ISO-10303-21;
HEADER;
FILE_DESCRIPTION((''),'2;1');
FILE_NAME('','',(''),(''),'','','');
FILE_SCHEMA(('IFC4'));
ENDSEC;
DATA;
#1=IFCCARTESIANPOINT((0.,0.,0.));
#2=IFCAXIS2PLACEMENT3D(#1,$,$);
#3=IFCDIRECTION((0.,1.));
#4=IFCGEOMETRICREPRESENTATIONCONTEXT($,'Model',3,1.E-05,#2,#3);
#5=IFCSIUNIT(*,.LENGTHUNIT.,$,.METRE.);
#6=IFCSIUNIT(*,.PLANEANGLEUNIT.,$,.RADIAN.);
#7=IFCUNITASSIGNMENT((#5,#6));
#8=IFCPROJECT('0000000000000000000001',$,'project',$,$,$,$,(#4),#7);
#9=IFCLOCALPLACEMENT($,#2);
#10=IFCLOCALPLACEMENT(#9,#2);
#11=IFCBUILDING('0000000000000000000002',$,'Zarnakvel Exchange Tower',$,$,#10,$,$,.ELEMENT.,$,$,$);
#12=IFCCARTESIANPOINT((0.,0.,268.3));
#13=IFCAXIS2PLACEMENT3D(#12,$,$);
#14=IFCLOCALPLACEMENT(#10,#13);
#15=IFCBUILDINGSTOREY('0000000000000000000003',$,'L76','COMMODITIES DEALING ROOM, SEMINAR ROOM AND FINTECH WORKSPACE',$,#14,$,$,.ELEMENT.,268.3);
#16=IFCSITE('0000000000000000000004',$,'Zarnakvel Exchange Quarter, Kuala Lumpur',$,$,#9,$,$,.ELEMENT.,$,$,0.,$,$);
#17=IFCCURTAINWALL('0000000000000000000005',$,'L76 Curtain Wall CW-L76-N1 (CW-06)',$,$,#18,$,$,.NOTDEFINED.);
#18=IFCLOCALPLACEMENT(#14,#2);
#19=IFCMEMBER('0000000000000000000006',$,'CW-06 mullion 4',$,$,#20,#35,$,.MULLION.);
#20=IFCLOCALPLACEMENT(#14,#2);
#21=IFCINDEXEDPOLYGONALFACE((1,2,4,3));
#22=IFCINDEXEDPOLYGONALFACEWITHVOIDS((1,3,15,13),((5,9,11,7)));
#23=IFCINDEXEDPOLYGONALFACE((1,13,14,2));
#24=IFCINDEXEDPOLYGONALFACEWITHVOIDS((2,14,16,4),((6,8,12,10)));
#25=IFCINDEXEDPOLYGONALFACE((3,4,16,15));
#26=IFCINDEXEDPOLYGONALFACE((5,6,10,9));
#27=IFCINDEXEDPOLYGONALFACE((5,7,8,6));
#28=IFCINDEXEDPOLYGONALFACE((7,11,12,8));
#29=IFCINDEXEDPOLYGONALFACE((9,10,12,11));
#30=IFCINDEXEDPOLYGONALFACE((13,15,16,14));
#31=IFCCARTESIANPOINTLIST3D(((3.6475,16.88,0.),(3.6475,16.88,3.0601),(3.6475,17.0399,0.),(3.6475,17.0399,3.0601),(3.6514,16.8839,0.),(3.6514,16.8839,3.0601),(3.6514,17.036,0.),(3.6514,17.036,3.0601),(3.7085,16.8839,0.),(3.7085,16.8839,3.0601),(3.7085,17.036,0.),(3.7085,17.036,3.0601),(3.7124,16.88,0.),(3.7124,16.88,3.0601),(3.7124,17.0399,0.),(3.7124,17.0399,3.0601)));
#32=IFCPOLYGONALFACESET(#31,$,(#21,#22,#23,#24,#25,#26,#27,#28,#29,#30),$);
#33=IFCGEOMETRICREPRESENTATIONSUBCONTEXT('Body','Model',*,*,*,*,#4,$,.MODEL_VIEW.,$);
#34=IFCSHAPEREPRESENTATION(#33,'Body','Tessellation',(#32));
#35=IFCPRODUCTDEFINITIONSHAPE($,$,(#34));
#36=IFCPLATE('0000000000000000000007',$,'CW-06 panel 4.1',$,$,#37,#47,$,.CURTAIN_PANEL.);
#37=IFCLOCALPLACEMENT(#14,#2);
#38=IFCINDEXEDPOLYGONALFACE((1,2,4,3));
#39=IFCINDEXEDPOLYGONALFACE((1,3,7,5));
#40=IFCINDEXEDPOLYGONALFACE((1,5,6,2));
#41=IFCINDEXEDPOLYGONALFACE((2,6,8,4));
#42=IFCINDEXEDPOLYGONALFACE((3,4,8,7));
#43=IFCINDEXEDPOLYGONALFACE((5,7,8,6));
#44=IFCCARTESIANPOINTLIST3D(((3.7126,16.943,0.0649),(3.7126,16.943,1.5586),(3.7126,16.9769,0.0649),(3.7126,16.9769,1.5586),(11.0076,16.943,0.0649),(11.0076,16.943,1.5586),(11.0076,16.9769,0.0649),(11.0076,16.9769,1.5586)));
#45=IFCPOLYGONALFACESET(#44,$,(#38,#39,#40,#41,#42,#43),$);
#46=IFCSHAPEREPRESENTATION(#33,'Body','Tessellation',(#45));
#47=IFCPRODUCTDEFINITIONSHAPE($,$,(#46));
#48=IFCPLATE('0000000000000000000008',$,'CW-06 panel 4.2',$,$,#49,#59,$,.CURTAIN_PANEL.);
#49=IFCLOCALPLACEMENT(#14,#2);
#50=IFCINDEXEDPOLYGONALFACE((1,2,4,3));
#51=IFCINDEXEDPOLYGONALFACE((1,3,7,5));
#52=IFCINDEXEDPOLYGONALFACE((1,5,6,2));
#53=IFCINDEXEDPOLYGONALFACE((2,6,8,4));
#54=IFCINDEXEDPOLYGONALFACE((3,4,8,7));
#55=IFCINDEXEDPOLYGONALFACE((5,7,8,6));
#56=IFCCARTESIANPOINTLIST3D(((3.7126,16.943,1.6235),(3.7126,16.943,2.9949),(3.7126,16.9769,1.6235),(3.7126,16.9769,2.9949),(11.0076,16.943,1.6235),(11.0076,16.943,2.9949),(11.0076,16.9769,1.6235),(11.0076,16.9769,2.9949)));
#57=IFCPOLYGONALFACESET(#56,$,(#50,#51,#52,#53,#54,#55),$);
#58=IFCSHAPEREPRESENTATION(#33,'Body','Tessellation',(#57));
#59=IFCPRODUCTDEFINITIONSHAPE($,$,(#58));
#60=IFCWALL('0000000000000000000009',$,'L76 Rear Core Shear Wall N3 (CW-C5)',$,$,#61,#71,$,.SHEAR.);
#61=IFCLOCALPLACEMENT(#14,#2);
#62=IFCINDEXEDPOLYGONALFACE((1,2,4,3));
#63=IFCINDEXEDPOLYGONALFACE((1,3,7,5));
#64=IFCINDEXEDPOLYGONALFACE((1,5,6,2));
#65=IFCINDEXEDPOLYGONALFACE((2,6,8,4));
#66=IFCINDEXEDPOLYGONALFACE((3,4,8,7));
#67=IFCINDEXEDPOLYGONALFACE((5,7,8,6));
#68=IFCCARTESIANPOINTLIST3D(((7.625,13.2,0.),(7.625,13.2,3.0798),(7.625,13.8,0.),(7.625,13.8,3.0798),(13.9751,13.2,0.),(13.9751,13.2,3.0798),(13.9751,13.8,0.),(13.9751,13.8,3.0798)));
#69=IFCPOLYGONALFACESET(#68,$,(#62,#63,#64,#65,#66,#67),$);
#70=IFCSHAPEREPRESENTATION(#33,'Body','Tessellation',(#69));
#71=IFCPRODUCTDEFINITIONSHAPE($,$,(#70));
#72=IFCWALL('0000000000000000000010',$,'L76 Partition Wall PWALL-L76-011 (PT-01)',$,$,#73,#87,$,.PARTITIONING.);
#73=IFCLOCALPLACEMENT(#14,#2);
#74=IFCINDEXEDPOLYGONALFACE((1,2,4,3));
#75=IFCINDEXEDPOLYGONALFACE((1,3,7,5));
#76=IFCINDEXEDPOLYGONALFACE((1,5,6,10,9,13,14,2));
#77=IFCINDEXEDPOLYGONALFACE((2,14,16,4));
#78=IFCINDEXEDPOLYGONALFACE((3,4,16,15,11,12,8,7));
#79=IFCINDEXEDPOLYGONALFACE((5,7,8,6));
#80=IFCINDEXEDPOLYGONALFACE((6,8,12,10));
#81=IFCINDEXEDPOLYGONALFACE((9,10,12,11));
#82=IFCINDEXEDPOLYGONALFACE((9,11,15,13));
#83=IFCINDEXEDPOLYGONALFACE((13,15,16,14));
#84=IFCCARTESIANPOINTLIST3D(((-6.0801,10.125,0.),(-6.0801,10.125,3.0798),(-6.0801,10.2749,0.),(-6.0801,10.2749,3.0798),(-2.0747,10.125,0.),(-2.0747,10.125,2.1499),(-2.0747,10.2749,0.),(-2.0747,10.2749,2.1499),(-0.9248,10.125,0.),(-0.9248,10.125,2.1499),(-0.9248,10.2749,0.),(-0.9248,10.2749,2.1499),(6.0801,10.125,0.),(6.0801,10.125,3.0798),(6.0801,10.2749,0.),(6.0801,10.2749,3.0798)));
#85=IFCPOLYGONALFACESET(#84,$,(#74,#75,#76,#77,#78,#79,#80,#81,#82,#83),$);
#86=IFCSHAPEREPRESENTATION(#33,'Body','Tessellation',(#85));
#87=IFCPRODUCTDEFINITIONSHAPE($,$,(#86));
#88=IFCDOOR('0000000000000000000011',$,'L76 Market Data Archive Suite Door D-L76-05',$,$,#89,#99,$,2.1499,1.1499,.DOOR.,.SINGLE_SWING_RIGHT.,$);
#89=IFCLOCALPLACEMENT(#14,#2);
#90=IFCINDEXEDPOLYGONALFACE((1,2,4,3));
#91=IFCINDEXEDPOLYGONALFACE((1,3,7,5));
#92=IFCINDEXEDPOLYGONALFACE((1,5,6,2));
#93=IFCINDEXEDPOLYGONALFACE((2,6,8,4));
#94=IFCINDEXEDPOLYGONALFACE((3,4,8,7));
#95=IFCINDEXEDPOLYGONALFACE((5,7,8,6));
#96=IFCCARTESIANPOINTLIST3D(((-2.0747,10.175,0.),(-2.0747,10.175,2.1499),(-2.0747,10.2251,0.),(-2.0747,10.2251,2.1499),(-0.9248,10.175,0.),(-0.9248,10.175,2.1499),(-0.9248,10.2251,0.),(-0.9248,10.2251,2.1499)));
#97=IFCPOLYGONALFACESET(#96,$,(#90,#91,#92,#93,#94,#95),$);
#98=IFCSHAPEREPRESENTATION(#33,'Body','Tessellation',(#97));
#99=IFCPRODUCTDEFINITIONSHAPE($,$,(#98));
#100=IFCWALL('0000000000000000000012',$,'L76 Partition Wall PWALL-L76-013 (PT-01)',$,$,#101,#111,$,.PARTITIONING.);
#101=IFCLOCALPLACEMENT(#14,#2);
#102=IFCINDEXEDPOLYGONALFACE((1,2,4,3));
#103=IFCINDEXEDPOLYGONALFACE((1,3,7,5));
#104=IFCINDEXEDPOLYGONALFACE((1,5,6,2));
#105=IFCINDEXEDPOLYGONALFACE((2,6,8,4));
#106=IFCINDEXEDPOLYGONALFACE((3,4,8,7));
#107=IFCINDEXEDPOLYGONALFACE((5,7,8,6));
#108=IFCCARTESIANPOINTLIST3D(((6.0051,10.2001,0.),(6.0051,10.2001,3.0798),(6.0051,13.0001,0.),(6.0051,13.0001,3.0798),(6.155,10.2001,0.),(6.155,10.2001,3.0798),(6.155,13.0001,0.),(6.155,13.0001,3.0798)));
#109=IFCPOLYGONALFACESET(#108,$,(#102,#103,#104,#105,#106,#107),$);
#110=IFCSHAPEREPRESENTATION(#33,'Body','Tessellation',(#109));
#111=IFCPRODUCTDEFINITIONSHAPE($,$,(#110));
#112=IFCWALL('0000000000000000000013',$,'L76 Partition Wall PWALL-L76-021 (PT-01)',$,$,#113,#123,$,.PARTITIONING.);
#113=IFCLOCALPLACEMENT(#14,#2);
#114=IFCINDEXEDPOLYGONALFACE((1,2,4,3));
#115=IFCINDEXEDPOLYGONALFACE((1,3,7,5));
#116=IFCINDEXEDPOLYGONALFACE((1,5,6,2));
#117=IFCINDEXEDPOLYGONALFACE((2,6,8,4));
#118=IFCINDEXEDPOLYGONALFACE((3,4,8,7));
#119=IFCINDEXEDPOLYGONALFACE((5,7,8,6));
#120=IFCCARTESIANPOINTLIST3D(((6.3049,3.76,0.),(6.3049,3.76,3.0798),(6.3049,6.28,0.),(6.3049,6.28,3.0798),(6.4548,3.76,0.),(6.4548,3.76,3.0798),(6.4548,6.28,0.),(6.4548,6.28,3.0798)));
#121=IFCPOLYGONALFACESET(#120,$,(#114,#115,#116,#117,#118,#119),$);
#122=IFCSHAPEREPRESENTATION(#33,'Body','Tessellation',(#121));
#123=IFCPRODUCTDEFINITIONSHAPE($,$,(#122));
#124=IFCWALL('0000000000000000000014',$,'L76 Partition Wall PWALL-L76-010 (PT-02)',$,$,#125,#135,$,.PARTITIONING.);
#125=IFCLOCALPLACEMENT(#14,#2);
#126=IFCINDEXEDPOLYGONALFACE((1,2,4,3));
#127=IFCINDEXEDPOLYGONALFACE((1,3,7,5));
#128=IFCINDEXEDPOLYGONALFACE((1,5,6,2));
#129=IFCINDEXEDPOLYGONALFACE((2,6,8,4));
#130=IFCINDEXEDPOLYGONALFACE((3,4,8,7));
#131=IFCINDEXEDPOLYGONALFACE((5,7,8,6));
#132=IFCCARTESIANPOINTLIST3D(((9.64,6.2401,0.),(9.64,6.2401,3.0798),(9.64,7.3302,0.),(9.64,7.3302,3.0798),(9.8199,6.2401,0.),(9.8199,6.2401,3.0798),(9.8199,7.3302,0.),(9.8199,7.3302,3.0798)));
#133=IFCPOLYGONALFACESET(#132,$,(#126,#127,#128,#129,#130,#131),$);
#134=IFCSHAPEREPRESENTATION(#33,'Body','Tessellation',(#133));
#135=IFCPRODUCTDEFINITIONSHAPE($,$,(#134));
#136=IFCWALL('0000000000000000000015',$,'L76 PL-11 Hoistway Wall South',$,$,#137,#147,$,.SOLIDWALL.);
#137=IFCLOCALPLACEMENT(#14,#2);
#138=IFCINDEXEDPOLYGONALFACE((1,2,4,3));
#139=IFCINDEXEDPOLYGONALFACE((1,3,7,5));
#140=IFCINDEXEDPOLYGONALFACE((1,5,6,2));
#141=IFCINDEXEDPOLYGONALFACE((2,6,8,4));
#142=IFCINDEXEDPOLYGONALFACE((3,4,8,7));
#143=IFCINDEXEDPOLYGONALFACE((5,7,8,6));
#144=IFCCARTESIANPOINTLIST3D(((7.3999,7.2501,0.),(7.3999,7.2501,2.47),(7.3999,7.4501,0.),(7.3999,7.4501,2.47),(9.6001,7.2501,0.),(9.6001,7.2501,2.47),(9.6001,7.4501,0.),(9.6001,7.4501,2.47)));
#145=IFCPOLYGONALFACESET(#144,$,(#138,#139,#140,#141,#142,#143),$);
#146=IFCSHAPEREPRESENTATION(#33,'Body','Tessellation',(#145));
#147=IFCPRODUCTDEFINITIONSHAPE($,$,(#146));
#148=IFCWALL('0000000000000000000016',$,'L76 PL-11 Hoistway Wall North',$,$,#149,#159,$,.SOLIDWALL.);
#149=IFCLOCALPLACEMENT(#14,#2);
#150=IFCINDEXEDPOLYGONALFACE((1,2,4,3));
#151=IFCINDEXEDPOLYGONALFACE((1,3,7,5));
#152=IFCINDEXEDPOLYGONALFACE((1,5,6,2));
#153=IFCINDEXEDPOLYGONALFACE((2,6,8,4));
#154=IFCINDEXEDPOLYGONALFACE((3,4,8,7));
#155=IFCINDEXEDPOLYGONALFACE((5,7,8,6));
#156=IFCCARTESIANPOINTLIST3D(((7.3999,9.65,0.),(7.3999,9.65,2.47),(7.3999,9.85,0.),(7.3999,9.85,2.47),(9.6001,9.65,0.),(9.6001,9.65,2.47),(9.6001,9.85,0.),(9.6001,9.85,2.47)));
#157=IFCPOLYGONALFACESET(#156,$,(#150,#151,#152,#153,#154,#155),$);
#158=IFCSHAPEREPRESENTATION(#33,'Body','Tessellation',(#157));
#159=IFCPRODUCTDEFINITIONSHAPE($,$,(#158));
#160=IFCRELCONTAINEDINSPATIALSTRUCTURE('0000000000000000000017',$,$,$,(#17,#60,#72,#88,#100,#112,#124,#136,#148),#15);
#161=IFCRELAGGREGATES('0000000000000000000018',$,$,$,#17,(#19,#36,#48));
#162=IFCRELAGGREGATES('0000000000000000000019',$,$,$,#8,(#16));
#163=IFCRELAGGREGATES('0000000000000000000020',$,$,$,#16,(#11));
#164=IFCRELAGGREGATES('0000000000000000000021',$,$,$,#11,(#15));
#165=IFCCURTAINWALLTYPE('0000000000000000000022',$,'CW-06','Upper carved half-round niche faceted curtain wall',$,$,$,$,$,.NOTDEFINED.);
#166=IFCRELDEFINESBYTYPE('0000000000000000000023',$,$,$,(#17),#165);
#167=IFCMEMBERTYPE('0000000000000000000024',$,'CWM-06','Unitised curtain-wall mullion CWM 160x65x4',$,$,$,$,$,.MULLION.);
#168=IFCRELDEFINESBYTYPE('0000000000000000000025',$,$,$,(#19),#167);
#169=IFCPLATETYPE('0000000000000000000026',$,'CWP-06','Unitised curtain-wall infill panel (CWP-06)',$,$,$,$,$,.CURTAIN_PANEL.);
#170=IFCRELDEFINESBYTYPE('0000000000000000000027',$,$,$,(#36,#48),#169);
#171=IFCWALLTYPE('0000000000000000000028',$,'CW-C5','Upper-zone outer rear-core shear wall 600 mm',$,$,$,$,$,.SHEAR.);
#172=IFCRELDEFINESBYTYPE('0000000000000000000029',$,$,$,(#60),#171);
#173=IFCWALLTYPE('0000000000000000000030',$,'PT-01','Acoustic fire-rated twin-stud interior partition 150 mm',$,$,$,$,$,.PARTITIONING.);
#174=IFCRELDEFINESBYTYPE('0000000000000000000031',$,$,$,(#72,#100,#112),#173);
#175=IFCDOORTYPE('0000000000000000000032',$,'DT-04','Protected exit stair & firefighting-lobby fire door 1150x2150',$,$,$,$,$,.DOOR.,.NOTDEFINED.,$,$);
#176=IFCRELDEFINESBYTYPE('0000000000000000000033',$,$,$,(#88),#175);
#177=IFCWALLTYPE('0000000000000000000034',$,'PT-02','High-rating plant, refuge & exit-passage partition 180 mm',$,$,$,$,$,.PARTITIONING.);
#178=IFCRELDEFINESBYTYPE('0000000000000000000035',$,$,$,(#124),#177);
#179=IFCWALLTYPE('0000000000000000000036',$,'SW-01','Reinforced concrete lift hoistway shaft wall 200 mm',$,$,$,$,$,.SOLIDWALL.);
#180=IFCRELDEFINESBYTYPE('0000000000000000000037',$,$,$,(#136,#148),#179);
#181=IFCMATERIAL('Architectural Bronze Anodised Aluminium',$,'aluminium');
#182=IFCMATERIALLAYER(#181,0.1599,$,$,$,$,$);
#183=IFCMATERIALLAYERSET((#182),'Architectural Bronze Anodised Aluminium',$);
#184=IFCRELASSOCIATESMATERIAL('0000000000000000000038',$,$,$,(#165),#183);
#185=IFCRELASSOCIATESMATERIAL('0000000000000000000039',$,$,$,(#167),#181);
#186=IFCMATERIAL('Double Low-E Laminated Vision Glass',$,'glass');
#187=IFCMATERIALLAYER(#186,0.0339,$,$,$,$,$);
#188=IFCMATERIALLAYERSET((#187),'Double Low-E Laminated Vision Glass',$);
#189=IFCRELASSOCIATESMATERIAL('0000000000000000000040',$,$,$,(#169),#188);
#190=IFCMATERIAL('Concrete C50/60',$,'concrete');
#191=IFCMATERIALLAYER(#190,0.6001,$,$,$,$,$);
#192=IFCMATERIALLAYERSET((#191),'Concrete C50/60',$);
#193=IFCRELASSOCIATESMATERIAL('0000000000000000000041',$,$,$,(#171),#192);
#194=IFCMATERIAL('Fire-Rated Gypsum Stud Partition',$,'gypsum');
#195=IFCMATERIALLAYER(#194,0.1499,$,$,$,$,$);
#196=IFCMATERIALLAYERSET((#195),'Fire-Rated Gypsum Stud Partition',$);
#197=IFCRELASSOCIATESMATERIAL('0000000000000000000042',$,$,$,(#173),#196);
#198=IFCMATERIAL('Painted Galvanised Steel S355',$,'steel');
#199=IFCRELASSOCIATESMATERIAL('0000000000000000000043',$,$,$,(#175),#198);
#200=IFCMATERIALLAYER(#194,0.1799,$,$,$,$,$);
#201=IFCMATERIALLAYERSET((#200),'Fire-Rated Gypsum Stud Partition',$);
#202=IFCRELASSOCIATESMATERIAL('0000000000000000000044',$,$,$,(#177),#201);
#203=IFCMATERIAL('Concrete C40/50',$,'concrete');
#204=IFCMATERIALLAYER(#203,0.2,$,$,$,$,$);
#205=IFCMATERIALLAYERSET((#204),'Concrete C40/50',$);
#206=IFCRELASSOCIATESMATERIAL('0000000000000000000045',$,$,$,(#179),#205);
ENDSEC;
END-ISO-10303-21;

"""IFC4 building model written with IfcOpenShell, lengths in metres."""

from ifc_helpers import new_model, si_unit, direction, frame, frame_2d, origin, origin_2d, place, context, subcontext, project, spatial, rectangle, hollow_rectangle, extrude, source, transform, mapped, material, layer, layer_set, material_profile, profile_set, type_object, element, fill, aggregate, save


model = new_model("IFC4")

# Units and contexts
model_context = context("Model", 3, precision=1e-05, world=origin(), true_north=direction((0.0, 1.0)))
body_context = subcontext(model_context, "Body", "Model", "MODEL_VIEW")
ifc_project = project(units=[si_unit("LENGTHUNIT", "METRE"), si_unit("PLANEANGLEUNIT", "RADIAN")], contexts=[model_context])

# Site, building, storey
site_placement = place(None, origin())
site = spatial("IfcSite", under=ifc_project, at=site_placement, Name="Zarnakvel Exchange Quarter, Kuala Lumpur", CompositionType="ELEMENT", RefElevation=0.0)
building_placement = place(site_placement, origin())
building = spatial("IfcBuilding", under=site, at=building_placement, Name="Zarnakvel Exchange Tower", CompositionType="ELEMENT")
storey_placement = place(building_placement, frame((0.0, 0.0, 268.3)))
storey = spatial("IfcBuildingStorey", under=building, at=storey_placement, Name="L76", Description="COMMODITIES DEALING ROOM, SEMINAR ROOM AND FINTECH WORKSPACE", CompositionType="ELEMENT", Elevation=268.3)

# Shared definitions
ifc_material_1 = material(Name="Concrete C50/60", Category="concrete")

# Curtain wall, member, plates
ifc_material_2 = material(Name="Architectural Bronze Anodised Aluminium", Category="aluminium")
ifc_layer_1 = layer(ifc_material_2, 0.1599)
ifc_layer_set_1 = layer_set([ifc_layer_1], Name="Architectural Bronze Anodised Aluminium")
curtain_wall_type = type_object("IfcCurtainWallType", Name="CW-06", Description="Upper carved half-round niche faceted curtain wall", PredefinedType="NOTDEFINED", material=ifc_layer_set_1)
curtain_wall_placement = place(storey_placement, origin())
curtain_wall = element("IfcCurtainWall", 1, at=curtain_wall_placement, inside=storey, type_object=curtain_wall_type, Name="L76 Curtain Wall CW-L76-N1 (CW-06)", PredefinedType="NOTDEFINED")
ifc_material_profile_1 = material_profile(ifc_material_2, hollow_rectangle(XDim=0.1599, YDim=0.0649, WallThickness=0.0039, at=origin_2d()))
ifc_profile_set_1 = profile_set([ifc_material_profile_1], Name="Architectural Bronze Anodised Aluminium")
member_type_1 = type_object("IfcMemberType", Name="CWM-06", Description="Unitised curtain-wall mullion CWM 160x65x4", PredefinedType="MULLION", material=ifc_profile_set_1)
shared_shape_1 = source(origin(), body_context, "Body", "SweptSolid", [
    extrude(hollow_rectangle(XDim=0.1599, YDim=0.0649, WallThickness=0.0039, at=origin_2d()), origin(), (0.0, 0.0, 1.0), 3.0601),
])
member_1_placement = place(storey_placement, frame((3.6799, 16.96, 0.0), z_axis=(0.0, 0.0, 1.0), x_axis=(0.0, 1.0, 0.0)))
member_1 = element("IfcMember", 2, at=member_1_placement, type_object=member_type_1, Name="CW-06 mullion 4", PredefinedType="MULLION", context=body_context, shape_type="MappedRepresentation", body=[
    mapped(shared_shape_1, transform((0.0, 0.0, 0.0), x_axis=(1.0, 0.0, 0.0), y_axis=(0.0, 1.0, 0.0), z_axis=(0.0, 0.0, 1.0), scale=1.0)),
])
ifc_material_3 = material(Name="Double Low-E Laminated Vision Glass", Category="glass")
ifc_layer_2 = layer(ifc_material_3, 0.0339)
ifc_layer_set_2 = layer_set([ifc_layer_2], Name="Double Low-E Laminated Vision Glass")
plate_type = type_object("IfcPlateType", Name="CWP-06", Description="Unitised curtain-wall infill panel (CWP-06)", PredefinedType="CURTAIN_PANEL", material=ifc_layer_set_2)
shared_shape_2 = source(origin(), body_context, "Body", "SweptSolid", [
    extrude(rectangle(XDim=7.2949, YDim=0.0339, at=origin_2d()), origin(), (0.0, 0.0, 1.0), 1.4937),
])
plate_1_placement = place(storey_placement, frame((7.3601, 16.96, 0.0649), z_axis=(0.0, 0.0, 1.0), x_axis=(1.0, 0.0, 0.0)))
plate_1 = element("IfcPlate", 3, at=plate_1_placement, type_object=plate_type, Name="CW-06 panel 4.1", PredefinedType="CURTAIN_PANEL", context=body_context, shape_type="MappedRepresentation", body=[
    mapped(shared_shape_2, transform((0.0, 0.0, 0.0), x_axis=(1.0, 0.0, 0.0), y_axis=(0.0, 1.0, 0.0), z_axis=(0.0, 0.0, 1.0), scale=1.0)),
])
shared_shape_3 = source(origin(), body_context, "Body", "SweptSolid", [
    extrude(rectangle(XDim=7.2949, YDim=0.0339, at=origin_2d()), origin(), (0.0, 0.0, 1.0), 1.3713),
])
plate_2_placement = place(storey_placement, frame((7.3601, 16.96, 1.6235), z_axis=(0.0, 0.0, 1.0), x_axis=(1.0, 0.0, 0.0)))
plate_2 = element("IfcPlate", 4, at=plate_2_placement, type_object=plate_type, Name="CW-06 panel 4.2", PredefinedType="CURTAIN_PANEL", context=body_context, shape_type="MappedRepresentation", body=[
    mapped(shared_shape_3, transform((0.0, 0.0, 0.0), x_axis=(1.0, 0.0, 0.0), y_axis=(0.0, 1.0, 0.0), z_axis=(0.0, 0.0, 1.0), scale=1.0)),
])
aggregate(curtain_wall, [member_1, plate_1, plate_2])

# Wall
ifc_layer_3 = layer(ifc_material_1, 0.6001)
ifc_layer_set_3 = layer_set([ifc_layer_3], Name="Concrete C50/60")
wall_type_1 = type_object("IfcWallType", Name="CW-C5", Description="Upper-zone outer rear-core shear wall 600 mm", PredefinedType="SHEAR", material=ifc_layer_set_3)
wall_1_placement = place(storey_placement, frame((7.625, 13.5, 0.0), z_axis=(0.0, 0.0, 1.0), x_axis=(1.0, 0.0, 0.0)))
element("IfcWall", 5, at=wall_1_placement, inside=storey, type_object=wall_type_1, Name="L76 Rear Core Shear Wall N3 (CW-C5)", PredefinedType="SHEAR", context=body_context, shape_type="SweptSolid", body=[
    extrude(rectangle(XDim=6.3501, YDim=0.6001, at=frame_2d((3.175, 0.0))), origin(), (0.0, 0.0, 1.0), 3.0798),
])

# Wall, opening, door
ifc_material_4 = material(Name="Fire-Rated Gypsum Stud Partition", Category="gypsum")
ifc_layer_4 = layer(ifc_material_4, 0.1499)
ifc_layer_set_4 = layer_set([ifc_layer_4], Name="Fire-Rated Gypsum Stud Partition")
wall_type_2 = type_object("IfcWallType", Name="PT-01", Description="Acoustic fire-rated twin-stud interior partition 150 mm", PredefinedType="PARTITIONING", material=ifc_layer_set_4)
wall_2_placement = place(storey_placement, frame((6.0801, 10.2, 0.0), z_axis=(0.0, 0.0, 1.0), x_axis=(-1.0, 0.0, 0.0)))
wall_2 = element("IfcWall", 6, at=wall_2_placement, inside=storey, type_object=wall_type_2, Name="L76 Partition Wall PWALL-L76-011 (PT-01)", PredefinedType="PARTITIONING", context=body_context, shape_type="SweptSolid", body=[
    extrude(rectangle(XDim=12.1602, YDim=0.1499, at=frame_2d((6.0801, 0.0))), origin(), (0.0, 0.0, 1.0), 3.0798),
])
opening_1_placement = place(wall_2_placement, frame((7.0049, 0.0, 0.0)))
opening_1 = element("IfcOpeningElement", 7, at=opening_1_placement, cuts=wall_2, PredefinedType="OPENING", context=body_context, shape_type="SweptSolid", body=[
    extrude(rectangle(XDim=1.1499, YDim=2.1499, at=frame_2d((0.575, 1.075))), frame((0.0, 0.085, 0.0), z_axis=(0.0, -1.0, 0.0), x_axis=(1.0, 0.0, 0.0)), (0.0, 0.0, 1.0), 0.1699),
])
ifc_material_5 = material(Name="Painted Galvanised Steel S355", Category="steel")
door_type_1 = type_object("IfcDoorType", Name="DT-04", Description="Protected exit stair & firefighting-lobby fire door 1150x2150", OperationType="NOTDEFINED", PredefinedType="DOOR", material=ifc_material_5)
shared_shape_4 = source(origin(), body_context, "Body", "SweptSolid", [
    extrude(rectangle(XDim=1.1499, YDim=2.1499, at=frame_2d((0.575, 1.075))), frame((0.0, 0.0249, 0.0), z_axis=(0.0, -1.0, 0.0), x_axis=(1.0, 0.0, 0.0)), (0.0, 0.0, 1.0), 0.05),
])
door_1_placement = place(opening_1_placement, origin())
door_1 = element("IfcDoor", 8, at=door_1_placement, inside=storey, type_object=door_type_1, Name="L76 Market Data Archive Suite Door D-L76-05", OperationType="SINGLE_SWING_RIGHT", OverallHeight=2.1499, OverallWidth=1.1499, PredefinedType="DOOR", context=body_context, shape_type="MappedRepresentation", body=[
    mapped(shared_shape_4, transform((0.0, 0.0, 0.0), x_axis=(1.0, 0.0, 0.0), y_axis=(0.0, 1.0, 0.0), z_axis=(0.0, 0.0, 1.0), scale=1.0)),
])
fill(opening_1, door_1)

# Walls
wall_3_placement = place(storey_placement, frame((6.0801, 13.0, 0.0), z_axis=(0.0, 0.0, 1.0), x_axis=(0.0, -1.0, 0.0)))
element("IfcWall", 9, at=wall_3_placement, inside=storey, type_object=wall_type_2, Name="L76 Partition Wall PWALL-L76-013 (PT-01)", PredefinedType="PARTITIONING", context=body_context, shape_type="SweptSolid", body=[
    extrude(rectangle(XDim=2.8, YDim=0.1499, at=frame_2d((1.3999, 0.0))), origin(), (0.0, 0.0, 1.0), 3.0798),
])
wall_4_placement = place(storey_placement, frame((6.3799, 6.28, 0.0), z_axis=(0.0, 0.0, 1.0), x_axis=(0.0, -1.0, 0.0)))
element("IfcWall", 10, at=wall_4_placement, inside=storey, type_object=wall_type_2, Name="L76 Partition Wall PWALL-L76-021 (PT-01)", PredefinedType="PARTITIONING", context=body_context, shape_type="SweptSolid", body=[
    extrude(rectangle(XDim=2.52, YDim=0.1499, at=frame_2d((1.26, 0.0))), origin(), (0.0, 0.0, 1.0), 3.0798),
])
ifc_layer_5 = layer(ifc_material_4, 0.1799)
ifc_layer_set_5 = layer_set([ifc_layer_5], Name="Fire-Rated Gypsum Stud Partition")
wall_type_3 = type_object("IfcWallType", Name="PT-02", Description="High-rating plant, refuge & exit-passage partition 180 mm", PredefinedType="PARTITIONING", material=ifc_layer_set_5)
wall_5_placement = place(storey_placement, frame((9.73, 7.3301, 0.0), z_axis=(0.0, 0.0, 1.0), x_axis=(0.0, -1.0, 0.0)))
element("IfcWall", 11, at=wall_5_placement, inside=storey, type_object=wall_type_3, Name="L76 Partition Wall PWALL-L76-010 (PT-02)", PredefinedType="PARTITIONING", context=body_context, shape_type="SweptSolid", body=[
    extrude(rectangle(XDim=1.0901, YDim=0.1799, at=frame_2d((0.5449, 0.0))), origin(), (0.0, 0.0, 1.0), 3.0798),
])
ifc_material_6 = material(Name="Concrete C40/50", Category="concrete")
ifc_layer_6 = layer(ifc_material_6, 0.2)
ifc_layer_set_6 = layer_set([ifc_layer_6], Name="Concrete C40/50")
wall_type_4 = type_object("IfcWallType", Name="SW-01", Description="Reinforced concrete lift hoistway shaft wall 200 mm", PredefinedType="SOLIDWALL", material=ifc_layer_set_6)
for number, where, z_axis, x_axis, name in (
    (12, (9.6001, 7.3501, 0.0), (0.0, 0.0, 1.0), (-1.0, 0.0, 0.0), "L76 PL-11 Hoistway Wall South"),
    (13, (7.3999, 9.75, 0.0), (0.0, 0.0, 1.0), (1.0, 0.0, 0.0), "L76 PL-11 Hoistway Wall North"),
):
    element("IfcWall", number, at=place(storey_placement, frame(where, z_axis=z_axis, x_axis=x_axis)), inside=storey, type_object=wall_type_4, Name=name, PredefinedType="SOLIDWALL", context=body_context, shape_type="SweptSolid", body=[
        extrude(rectangle(XDim=2.2002, YDim=0.2, at=frame_2d((1.1001, 0.0))), origin(), (0.0, 0.0, 1.0), 2.47),
    ])

save(model, "model.ifc")
